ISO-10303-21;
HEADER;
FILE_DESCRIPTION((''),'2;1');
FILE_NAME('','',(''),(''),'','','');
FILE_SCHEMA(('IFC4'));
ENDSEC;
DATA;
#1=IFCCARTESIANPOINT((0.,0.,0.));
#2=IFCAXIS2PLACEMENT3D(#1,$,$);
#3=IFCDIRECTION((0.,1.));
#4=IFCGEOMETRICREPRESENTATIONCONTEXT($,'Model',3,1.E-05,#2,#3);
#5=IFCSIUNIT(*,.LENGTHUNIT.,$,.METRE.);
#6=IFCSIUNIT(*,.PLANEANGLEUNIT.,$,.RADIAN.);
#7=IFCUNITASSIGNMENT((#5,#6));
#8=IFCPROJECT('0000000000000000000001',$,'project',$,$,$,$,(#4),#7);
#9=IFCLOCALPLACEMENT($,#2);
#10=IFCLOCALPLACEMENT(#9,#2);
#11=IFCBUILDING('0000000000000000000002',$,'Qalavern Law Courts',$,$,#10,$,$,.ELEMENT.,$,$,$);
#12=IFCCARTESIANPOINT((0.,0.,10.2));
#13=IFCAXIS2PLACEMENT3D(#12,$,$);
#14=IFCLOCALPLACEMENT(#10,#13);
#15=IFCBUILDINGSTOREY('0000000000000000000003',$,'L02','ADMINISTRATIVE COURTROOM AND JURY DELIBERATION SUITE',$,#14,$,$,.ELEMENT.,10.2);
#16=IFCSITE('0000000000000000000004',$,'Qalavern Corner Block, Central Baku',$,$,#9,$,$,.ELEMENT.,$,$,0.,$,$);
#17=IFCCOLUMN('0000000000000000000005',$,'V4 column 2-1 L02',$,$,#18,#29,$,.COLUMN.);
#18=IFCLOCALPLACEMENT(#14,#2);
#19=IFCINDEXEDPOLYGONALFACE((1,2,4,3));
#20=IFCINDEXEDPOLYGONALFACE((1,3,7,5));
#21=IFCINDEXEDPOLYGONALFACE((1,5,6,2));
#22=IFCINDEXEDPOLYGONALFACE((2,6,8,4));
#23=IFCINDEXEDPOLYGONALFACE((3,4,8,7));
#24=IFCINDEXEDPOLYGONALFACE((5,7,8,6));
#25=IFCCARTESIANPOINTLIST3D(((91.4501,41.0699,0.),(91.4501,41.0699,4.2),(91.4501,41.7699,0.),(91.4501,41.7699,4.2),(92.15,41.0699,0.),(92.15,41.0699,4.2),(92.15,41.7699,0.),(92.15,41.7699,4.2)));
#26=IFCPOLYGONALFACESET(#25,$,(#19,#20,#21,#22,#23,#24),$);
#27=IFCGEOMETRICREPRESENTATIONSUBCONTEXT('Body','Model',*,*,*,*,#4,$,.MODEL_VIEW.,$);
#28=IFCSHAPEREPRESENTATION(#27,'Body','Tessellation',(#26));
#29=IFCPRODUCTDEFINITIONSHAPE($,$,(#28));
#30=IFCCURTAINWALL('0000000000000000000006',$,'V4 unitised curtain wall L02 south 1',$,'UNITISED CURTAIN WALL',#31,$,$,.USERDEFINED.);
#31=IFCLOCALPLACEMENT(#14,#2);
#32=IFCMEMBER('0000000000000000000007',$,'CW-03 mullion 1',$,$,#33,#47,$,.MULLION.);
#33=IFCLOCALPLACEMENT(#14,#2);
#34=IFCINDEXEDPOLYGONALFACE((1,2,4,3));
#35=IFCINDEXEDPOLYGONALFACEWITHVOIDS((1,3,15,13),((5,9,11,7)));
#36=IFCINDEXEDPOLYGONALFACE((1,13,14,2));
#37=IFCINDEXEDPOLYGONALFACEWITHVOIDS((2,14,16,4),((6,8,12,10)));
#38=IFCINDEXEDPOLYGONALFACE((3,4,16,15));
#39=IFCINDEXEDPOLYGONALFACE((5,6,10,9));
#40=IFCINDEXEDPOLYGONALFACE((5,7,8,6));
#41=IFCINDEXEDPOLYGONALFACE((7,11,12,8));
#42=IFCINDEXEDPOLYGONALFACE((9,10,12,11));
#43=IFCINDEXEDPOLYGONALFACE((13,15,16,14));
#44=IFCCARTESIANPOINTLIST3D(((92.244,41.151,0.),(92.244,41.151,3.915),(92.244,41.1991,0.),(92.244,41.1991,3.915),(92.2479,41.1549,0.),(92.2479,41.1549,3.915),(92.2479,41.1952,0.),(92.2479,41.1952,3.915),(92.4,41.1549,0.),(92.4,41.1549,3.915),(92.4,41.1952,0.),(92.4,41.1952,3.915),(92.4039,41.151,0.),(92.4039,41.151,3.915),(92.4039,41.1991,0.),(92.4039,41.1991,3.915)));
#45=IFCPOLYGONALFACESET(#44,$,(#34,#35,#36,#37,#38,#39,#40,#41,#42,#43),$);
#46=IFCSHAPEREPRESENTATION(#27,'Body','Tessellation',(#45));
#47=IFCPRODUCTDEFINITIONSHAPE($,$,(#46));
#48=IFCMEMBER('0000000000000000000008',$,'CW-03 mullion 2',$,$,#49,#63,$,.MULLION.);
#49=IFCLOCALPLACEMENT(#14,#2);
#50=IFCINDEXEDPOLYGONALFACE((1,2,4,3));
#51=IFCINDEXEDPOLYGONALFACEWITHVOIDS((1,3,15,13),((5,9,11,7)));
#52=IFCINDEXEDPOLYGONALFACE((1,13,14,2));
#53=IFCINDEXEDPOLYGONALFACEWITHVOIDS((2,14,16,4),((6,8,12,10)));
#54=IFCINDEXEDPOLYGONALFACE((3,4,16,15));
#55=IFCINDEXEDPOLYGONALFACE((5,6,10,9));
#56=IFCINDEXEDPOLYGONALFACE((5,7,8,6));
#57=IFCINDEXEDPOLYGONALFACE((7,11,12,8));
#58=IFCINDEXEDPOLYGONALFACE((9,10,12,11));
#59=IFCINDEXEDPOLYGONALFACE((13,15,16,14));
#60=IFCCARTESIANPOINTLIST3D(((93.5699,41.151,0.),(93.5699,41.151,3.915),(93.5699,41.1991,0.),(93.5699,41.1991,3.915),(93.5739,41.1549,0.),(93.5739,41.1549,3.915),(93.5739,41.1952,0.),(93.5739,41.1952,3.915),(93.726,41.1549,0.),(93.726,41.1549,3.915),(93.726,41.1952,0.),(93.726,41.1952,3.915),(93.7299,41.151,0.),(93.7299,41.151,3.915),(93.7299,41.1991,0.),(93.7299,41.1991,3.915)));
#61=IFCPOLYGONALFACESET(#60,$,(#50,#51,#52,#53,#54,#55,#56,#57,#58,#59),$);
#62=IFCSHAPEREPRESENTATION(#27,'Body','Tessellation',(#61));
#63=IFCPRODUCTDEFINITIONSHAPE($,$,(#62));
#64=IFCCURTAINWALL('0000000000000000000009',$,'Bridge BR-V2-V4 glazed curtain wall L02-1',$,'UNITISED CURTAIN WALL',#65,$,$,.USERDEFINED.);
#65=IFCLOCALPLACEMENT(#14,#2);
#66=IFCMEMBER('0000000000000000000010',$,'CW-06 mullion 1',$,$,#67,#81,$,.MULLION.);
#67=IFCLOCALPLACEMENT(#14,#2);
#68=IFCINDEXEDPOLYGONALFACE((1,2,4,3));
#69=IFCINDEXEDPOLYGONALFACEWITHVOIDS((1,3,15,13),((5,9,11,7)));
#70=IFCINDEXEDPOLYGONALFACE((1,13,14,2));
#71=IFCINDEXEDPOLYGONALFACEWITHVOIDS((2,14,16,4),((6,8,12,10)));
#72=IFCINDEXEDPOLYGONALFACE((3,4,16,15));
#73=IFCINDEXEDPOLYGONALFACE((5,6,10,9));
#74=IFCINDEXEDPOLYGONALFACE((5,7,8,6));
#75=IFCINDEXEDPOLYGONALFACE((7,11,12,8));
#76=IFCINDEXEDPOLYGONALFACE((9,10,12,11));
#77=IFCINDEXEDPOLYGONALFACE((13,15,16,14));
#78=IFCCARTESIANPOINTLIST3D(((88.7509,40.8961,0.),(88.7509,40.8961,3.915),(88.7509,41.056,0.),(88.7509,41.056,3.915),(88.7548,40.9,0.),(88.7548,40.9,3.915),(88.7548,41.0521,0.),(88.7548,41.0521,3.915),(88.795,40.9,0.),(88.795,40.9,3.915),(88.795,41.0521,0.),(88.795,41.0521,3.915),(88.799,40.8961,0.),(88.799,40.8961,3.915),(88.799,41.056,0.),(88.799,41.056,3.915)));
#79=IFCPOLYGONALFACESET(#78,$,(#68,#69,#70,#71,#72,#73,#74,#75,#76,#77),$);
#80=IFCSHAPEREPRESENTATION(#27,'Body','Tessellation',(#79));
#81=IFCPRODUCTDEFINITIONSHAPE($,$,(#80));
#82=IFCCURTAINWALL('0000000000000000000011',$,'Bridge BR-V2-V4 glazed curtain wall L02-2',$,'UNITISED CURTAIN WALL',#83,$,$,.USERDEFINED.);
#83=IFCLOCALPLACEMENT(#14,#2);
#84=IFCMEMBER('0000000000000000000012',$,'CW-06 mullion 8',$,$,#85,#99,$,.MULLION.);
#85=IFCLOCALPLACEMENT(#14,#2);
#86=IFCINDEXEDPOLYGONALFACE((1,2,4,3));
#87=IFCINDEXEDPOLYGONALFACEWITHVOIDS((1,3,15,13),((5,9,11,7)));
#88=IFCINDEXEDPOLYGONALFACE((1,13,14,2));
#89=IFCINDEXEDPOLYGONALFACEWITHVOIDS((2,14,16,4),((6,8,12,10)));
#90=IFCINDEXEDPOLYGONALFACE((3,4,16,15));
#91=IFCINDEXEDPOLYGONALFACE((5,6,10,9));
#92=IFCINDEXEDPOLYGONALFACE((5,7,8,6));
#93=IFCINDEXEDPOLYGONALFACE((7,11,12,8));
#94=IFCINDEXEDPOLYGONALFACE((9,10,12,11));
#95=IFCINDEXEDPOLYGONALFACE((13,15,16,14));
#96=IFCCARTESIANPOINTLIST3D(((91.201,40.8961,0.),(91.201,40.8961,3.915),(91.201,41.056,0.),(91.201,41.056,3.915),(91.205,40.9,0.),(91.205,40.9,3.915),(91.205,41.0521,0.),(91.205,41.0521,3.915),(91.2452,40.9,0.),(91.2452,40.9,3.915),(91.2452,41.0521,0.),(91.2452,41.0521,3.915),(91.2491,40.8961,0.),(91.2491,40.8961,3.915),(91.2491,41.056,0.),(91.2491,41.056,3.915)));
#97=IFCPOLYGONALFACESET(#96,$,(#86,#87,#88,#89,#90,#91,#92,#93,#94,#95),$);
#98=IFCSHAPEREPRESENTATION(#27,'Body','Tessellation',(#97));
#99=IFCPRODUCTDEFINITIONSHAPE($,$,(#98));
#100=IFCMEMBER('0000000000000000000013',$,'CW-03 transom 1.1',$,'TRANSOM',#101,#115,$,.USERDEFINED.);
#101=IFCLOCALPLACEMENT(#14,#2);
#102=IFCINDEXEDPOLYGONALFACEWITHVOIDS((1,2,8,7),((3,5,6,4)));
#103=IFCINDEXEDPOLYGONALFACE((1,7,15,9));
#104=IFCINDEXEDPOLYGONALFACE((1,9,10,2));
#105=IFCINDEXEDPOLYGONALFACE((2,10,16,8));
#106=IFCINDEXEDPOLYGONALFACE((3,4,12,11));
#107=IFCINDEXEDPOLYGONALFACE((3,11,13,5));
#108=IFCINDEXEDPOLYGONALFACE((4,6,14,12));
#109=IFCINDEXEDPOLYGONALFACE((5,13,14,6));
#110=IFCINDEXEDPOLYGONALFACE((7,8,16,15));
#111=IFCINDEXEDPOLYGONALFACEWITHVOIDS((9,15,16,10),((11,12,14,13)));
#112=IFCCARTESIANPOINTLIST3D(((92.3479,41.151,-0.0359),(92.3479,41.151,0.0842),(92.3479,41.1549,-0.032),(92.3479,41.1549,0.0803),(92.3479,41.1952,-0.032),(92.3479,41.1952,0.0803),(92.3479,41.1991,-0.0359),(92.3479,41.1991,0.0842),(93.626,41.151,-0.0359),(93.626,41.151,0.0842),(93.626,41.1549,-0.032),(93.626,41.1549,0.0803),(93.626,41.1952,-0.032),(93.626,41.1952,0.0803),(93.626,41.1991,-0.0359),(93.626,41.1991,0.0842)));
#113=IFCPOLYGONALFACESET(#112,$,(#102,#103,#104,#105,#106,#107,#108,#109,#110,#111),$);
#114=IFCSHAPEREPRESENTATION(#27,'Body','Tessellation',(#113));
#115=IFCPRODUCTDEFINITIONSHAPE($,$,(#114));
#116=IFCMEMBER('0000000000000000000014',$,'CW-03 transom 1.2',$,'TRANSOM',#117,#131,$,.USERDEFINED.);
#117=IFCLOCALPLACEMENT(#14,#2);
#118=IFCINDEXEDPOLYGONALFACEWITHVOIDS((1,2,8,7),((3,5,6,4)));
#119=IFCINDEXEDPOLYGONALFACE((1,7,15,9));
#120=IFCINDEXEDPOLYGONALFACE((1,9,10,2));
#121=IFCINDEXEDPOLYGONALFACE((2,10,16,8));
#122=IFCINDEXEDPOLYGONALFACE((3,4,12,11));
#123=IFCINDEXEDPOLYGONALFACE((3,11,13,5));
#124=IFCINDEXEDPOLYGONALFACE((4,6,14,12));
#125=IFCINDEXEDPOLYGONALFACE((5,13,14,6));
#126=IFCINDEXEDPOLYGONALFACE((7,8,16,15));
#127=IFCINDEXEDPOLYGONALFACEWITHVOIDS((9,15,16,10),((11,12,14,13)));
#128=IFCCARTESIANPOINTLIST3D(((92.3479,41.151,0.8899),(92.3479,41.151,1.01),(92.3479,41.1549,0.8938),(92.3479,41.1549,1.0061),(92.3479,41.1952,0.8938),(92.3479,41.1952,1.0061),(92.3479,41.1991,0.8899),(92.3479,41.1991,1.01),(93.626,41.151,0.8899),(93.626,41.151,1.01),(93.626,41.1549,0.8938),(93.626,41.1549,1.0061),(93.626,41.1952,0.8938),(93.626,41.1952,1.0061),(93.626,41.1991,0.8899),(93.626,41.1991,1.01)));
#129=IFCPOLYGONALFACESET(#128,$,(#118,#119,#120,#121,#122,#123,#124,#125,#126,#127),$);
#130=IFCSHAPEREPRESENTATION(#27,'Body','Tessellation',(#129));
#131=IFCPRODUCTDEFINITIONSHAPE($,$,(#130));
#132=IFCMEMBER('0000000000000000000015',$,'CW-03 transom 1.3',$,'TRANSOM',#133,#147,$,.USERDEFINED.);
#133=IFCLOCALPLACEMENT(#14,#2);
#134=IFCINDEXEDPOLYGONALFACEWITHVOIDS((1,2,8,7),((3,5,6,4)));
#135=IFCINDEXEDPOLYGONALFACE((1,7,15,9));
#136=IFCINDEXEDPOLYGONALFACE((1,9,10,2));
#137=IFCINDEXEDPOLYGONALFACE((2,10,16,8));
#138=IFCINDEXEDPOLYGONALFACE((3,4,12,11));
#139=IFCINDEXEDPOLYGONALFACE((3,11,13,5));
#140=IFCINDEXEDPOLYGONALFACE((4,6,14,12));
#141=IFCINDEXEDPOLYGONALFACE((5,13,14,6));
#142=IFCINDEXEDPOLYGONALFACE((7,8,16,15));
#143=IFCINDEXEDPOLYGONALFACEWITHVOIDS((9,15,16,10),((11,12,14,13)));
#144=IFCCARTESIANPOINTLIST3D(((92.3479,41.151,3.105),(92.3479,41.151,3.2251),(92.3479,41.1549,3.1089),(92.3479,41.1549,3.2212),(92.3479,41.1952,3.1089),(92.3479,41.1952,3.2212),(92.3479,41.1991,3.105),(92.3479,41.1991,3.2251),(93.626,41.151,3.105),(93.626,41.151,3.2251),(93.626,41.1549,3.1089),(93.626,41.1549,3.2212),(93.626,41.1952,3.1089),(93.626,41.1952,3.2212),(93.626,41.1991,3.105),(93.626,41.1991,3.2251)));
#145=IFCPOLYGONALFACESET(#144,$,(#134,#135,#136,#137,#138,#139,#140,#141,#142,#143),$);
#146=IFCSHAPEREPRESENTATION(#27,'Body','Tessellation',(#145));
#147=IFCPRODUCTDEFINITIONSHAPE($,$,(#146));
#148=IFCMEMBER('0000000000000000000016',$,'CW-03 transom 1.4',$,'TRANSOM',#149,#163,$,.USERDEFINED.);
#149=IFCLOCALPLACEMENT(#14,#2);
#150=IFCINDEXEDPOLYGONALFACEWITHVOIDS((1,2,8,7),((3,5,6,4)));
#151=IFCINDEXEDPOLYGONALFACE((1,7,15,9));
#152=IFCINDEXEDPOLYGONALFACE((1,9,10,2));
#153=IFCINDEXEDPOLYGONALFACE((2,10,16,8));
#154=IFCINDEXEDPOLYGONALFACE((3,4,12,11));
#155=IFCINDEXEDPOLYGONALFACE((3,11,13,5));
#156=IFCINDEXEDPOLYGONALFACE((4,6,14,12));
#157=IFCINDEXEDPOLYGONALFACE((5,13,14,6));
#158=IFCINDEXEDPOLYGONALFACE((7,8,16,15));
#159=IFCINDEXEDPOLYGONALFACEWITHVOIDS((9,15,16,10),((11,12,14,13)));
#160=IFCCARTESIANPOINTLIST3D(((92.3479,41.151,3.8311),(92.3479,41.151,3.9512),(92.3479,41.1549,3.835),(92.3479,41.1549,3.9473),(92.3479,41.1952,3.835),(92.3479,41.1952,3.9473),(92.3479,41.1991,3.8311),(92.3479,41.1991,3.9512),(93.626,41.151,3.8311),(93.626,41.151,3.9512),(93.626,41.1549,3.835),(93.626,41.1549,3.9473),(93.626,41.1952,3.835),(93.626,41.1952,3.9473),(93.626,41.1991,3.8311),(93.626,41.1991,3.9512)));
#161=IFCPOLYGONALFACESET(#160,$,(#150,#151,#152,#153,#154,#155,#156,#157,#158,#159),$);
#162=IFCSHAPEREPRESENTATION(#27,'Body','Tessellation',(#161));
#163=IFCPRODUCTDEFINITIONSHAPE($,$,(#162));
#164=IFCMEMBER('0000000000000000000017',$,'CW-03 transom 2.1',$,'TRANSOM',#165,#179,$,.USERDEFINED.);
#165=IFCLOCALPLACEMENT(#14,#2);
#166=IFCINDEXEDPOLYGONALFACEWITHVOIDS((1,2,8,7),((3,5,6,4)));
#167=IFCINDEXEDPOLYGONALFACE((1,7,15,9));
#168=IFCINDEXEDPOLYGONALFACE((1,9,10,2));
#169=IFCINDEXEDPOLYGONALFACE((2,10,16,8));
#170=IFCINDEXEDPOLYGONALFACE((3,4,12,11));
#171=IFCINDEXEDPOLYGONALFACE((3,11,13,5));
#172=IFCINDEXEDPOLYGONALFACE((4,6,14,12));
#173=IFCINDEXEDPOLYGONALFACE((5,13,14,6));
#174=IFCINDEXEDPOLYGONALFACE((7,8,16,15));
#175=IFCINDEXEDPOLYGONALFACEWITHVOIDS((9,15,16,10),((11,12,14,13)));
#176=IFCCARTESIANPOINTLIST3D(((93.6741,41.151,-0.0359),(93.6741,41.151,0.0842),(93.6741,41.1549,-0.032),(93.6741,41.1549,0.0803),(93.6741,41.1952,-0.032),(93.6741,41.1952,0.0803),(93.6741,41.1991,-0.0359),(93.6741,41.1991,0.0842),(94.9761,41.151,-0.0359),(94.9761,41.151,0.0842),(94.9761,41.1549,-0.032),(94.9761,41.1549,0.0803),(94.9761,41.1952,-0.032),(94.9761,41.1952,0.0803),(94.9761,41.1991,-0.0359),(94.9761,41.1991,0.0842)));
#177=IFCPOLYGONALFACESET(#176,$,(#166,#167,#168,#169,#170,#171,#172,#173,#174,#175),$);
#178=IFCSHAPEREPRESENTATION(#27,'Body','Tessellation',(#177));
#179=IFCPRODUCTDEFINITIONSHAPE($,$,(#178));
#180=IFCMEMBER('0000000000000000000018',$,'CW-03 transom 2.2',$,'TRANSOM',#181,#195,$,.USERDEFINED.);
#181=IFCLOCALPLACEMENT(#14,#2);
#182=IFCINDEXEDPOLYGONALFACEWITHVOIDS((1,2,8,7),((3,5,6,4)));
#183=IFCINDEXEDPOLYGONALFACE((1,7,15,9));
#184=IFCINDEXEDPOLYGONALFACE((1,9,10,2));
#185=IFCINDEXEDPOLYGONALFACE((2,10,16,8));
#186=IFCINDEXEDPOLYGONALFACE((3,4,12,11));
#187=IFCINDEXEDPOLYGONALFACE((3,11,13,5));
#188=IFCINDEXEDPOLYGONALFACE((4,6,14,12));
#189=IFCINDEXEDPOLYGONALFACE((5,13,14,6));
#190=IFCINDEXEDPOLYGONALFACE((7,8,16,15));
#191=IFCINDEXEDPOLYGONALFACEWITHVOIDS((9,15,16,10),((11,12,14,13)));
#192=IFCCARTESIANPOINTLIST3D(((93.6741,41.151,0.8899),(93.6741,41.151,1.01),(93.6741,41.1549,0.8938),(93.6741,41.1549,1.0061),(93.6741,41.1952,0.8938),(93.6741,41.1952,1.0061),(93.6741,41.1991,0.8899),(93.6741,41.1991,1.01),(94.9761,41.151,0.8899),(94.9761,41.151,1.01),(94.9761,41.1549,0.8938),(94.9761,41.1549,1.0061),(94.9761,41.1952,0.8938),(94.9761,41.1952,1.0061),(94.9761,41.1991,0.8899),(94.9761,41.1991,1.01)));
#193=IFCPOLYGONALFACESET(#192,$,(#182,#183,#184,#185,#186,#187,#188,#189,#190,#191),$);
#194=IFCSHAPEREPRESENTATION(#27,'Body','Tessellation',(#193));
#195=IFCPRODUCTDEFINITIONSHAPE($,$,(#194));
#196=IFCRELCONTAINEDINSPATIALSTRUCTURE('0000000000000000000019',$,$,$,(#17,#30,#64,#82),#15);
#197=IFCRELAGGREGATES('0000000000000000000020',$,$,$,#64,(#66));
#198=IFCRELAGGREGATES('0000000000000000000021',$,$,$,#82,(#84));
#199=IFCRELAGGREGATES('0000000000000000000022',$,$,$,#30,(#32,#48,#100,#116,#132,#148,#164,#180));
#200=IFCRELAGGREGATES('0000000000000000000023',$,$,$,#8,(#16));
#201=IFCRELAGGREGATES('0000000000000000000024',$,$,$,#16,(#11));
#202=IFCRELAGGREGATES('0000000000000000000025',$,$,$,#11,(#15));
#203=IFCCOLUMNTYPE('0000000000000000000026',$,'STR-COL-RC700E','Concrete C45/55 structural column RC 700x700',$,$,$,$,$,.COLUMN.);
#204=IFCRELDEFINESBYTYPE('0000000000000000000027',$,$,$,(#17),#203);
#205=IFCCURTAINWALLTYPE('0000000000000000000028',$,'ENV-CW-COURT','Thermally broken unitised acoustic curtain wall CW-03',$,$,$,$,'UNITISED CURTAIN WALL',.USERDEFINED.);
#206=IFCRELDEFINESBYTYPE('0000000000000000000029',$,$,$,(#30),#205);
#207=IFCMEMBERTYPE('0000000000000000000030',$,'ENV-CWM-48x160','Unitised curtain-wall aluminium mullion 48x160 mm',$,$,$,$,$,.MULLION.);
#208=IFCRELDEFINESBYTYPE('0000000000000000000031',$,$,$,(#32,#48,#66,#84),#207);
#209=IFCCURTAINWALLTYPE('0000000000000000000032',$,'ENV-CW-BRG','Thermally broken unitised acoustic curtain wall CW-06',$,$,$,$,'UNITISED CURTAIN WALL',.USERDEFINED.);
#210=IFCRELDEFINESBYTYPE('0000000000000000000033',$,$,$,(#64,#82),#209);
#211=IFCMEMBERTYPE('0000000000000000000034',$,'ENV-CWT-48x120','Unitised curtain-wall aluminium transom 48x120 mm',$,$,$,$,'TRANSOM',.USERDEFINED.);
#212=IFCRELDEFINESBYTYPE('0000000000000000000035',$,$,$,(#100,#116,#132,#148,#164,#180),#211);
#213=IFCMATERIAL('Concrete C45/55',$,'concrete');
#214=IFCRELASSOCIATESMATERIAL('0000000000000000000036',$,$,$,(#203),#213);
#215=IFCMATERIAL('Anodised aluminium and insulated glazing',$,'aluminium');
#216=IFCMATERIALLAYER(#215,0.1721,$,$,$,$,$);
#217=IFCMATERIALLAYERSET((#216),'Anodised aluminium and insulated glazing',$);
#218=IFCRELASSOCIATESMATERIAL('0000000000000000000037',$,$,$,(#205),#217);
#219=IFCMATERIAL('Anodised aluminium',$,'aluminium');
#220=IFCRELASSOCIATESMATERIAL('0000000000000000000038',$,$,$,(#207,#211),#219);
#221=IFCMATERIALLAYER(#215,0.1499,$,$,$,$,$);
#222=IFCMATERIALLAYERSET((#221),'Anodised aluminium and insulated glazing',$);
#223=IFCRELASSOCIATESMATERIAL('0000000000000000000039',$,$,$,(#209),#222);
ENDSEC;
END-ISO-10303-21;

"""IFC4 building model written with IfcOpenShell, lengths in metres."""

from ifc_helpers import new_model, si_unit, direction, frame, origin, origin_2d, place, context, subcontext, project, spatial, rectangle, hollow_rectangle, extrude, material, layer, layer_set, material_profile, profile_set, type_object, element, aggregate, save


model = new_model("IFC4")

# Units and contexts
model_context = context("Model", 3, precision=1e-05, world=origin(), true_north=direction((0.0, 1.0)))
body_context = subcontext(model_context, "Body", "Model", "MODEL_VIEW")
ifc_project = project(units=[si_unit("LENGTHUNIT", "METRE"), si_unit("PLANEANGLEUNIT", "RADIAN")], contexts=[model_context])

# Site, building, storey
site_placement = place(None, origin())
site = spatial("IfcSite", under=ifc_project, at=site_placement, Name="Qalavern Corner Block, Central Baku", CompositionType="ELEMENT", RefElevation=0.0)
building_placement = place(site_placement, origin())
building = spatial("IfcBuilding", under=site, at=building_placement, Name="Qalavern Law Courts", CompositionType="ELEMENT")
storey_placement = place(building_placement, frame((0.0, 0.0, 10.2)))
storey = spatial("IfcBuildingStorey", under=building, at=storey_placement, Name="L02", Description="ADMINISTRATIVE COURTROOM AND JURY DELIBERATION SUITE", CompositionType="ELEMENT", Elevation=10.2)

# Column
ifc_material_1 = material(Name="Concrete C45/55", Category="concrete")
ifc_material_profile_1 = material_profile(ifc_material_1, rectangle(XDim=0.7, YDim=0.7, at=origin_2d()), Name="RC 700x700")
ifc_profile_set_1 = profile_set([ifc_material_profile_1], Name="Concrete C45/55")
column_type = type_object("IfcColumnType", Name="STR-COL-RC700E", Description="Concrete C45/55 structural column RC 700x700", PredefinedType="COLUMN", material=ifc_profile_set_1)
column_placement = place(storey_placement, frame((91.8, 41.4199, 0.0), z_axis=(0.0, 0.0, 1.0), x_axis=(1.0, 0.0, 0.0)))
element("IfcColumn", 1, at=column_placement, inside=storey, type_object=column_type, Name="V4 column 2-1 L02", PredefinedType="COLUMN", context=body_context, shape_type="SweptSolid", body=[
    extrude(rectangle(XDim=0.7, YDim=0.7, at=origin_2d()), origin(), (0.0, 0.0, 1.0), 4.2),
])

# Curtain wall, members
ifc_material_2 = material(Name="Anodised aluminium and insulated glazing", Category="aluminium")
ifc_layer_1 = layer(ifc_material_2, 0.1721)
ifc_layer_set_1 = layer_set([ifc_layer_1], Name="Anodised aluminium and insulated glazing")
curtain_wall_type_1 = type_object("IfcCurtainWallType", Name="ENV-CW-COURT", Description="Thermally broken unitised acoustic curtain wall CW-03", ElementType="UNITISED CURTAIN WALL", PredefinedType="USERDEFINED", material=ifc_layer_set_1)
curtain_wall_1_placement = place(storey_placement, origin())
curtain_wall_1 = element("IfcCurtainWall", 2, at=curtain_wall_1_placement, inside=storey, type_object=curtain_wall_type_1, Name="V4 unitised curtain wall L02 south 1", ObjectType="UNITISED CURTAIN WALL", PredefinedType="USERDEFINED")
ifc_material_3 = material(Name="Anodised aluminium", Category="aluminium")
ifc_material_profile_2 = material_profile(ifc_material_3, hollow_rectangle(XDim=0.0481, YDim=0.1599, WallThickness=0.0039, at=origin_2d()), Name="ALU MULLION 48x160")
ifc_profile_set_2 = profile_set([ifc_material_profile_2], Name="Anodised aluminium")
member_type_1 = type_object("IfcMemberType", Name="ENV-CWM-48x160", Description="Unitised curtain-wall aluminium mullion 48x160 mm", PredefinedType="MULLION", material=ifc_profile_set_2)
member_1_placement = place(storey_placement, frame((92.324, 41.175, 0.0), z_axis=(0.0, 0.0, 1.0), x_axis=(0.0, 1.0, 0.0)))
member_1 = element("IfcMember", 3, at=member_1_placement, type_object=member_type_1, Name="CW-03 mullion 1", PredefinedType="MULLION", context=body_context, shape_type="SweptSolid", body=[
    extrude(hollow_rectangle(XDim=0.0481, YDim=0.1599, WallThickness=0.0039, at=origin_2d()), origin(), (0.0, 0.0, 1.0), 3.915),
])
member_2_placement = place(storey_placement, frame((93.6499, 41.175, 0.0), z_axis=(0.0, 0.0, 1.0), x_axis=(0.0, 1.0, 0.0)))
member_2 = element("IfcMember", 4, at=member_2_placement, type_object=member_type_1, Name="CW-03 mullion 2", PredefinedType="MULLION", context=body_context, shape_type="SweptSolid", body=[
    extrude(hollow_rectangle(XDim=0.0481, YDim=0.1599, WallThickness=0.0039, at=origin_2d()), origin(), (0.0, 0.0, 1.0), 3.915),
])

# Curtain walls, members
ifc_layer_2 = layer(ifc_material_2, 0.1499)
ifc_layer_set_2 = layer_set([ifc_layer_2], Name="Anodised aluminium and insulated glazing")
curtain_wall_type_2 = type_object("IfcCurtainWallType", Name="ENV-CW-BRG", Description="Thermally broken unitised acoustic curtain wall CW-06", ElementType="UNITISED CURTAIN WALL", PredefinedType="USERDEFINED", material=ifc_layer_set_2)
curtain_wall_2_placement = place(storey_placement, origin())
curtain_wall_2 = element("IfcCurtainWall", 5, at=curtain_wall_2_placement, inside=storey, type_object=curtain_wall_type_2, Name="Bridge BR-V2-V4 glazed curtain wall L02-1", ObjectType="UNITISED CURTAIN WALL", PredefinedType="USERDEFINED")
member_3_placement = place(storey_placement, frame((88.7749, 40.9761, 0.0), z_axis=(0.0, 0.0, 1.0), x_axis=(1.0, 0.0, 0.0)))
member_3 = element("IfcMember", 6, at=member_3_placement, type_object=member_type_1, Name="CW-06 mullion 1", PredefinedType="MULLION", context=body_context, shape_type="SweptSolid", body=[
    extrude(hollow_rectangle(XDim=0.0481, YDim=0.1599, WallThickness=0.0039, at=origin_2d()), origin(), (0.0, 0.0, 1.0), 3.915),
])
aggregate(curtain_wall_2, [member_3])
curtain_wall_3_placement = place(storey_placement, origin())
curtain_wall_3 = element("IfcCurtainWall", 7, at=curtain_wall_3_placement, inside=storey, type_object=curtain_wall_type_2, Name="Bridge BR-V2-V4 glazed curtain wall L02-2", ObjectType="UNITISED CURTAIN WALL", PredefinedType="USERDEFINED")
member_4_placement = place(storey_placement, frame((91.2251, 40.9761, 0.0), z_axis=(0.0, 0.0, 1.0), x_axis=(-1.0, 0.0, 0.0)))
member_4 = element("IfcMember", 8, at=member_4_placement, type_object=member_type_1, Name="CW-06 mullion 8", PredefinedType="MULLION", context=body_context, shape_type="SweptSolid", body=[
    extrude(hollow_rectangle(XDim=0.0481, YDim=0.1599, WallThickness=0.0039, at=origin_2d()), origin(), (0.0, 0.0, 1.0), 3.915),
])
aggregate(curtain_wall_3, [member_4])

# Members
ifc_material_profile_3 = material_profile(ifc_material_3, hollow_rectangle(XDim=0.0481, YDim=0.1201, WallThickness=0.0039, at=origin_2d()), Name="ALU TRANSOM 48x120")
ifc_profile_set_3 = profile_set([ifc_material_profile_3], Name="Anodised aluminium")
member_type_2 = type_object("IfcMemberType", Name="ENV-CWT-48x120", Description="Unitised curtain-wall aluminium transom 48x120 mm", ElementType="TRANSOM", PredefinedType="USERDEFINED", material=ifc_profile_set_3)
member_5_placement = place(storey_placement, frame((92.3479, 41.175, 0.0242), z_axis=(1.0, 0.0, 0.0), x_axis=(0.0, 1.0, 0.0)))
member_5 = element("IfcMember", 9, at=member_5_placement, type_object=member_type_2, Name="CW-03 transom 1.1", ObjectType="TRANSOM", PredefinedType="USERDEFINED", context=body_context, shape_type="SweptSolid", body=[
    extrude(hollow_rectangle(XDim=0.0481, YDim=0.1201, WallThickness=0.0039, at=origin_2d()), origin(), (0.0, 0.0, 1.0), 1.2781),
])
member_6_placement = place(storey_placement, frame((92.3479, 41.175, 0.95), z_axis=(1.0, 0.0, 0.0), x_axis=(0.0, 1.0, 0.0)))
member_6 = element("IfcMember", 10, at=member_6_placement, type_object=member_type_2, Name="CW-03 transom 1.2", ObjectType="TRANSOM", PredefinedType="USERDEFINED", context=body_context, shape_type="SweptSolid", body=[
    extrude(hollow_rectangle(XDim=0.0481, YDim=0.1201, WallThickness=0.0039, at=origin_2d()), origin(), (0.0, 0.0, 1.0), 1.2781),
])
member_7_placement = place(storey_placement, frame((92.3479, 41.175, 3.165), z_axis=(1.0, 0.0, 0.0), x_axis=(0.0, 1.0, 0.0)))
member_7 = element("IfcMember", 11, at=member_7_placement, type_object=member_type_2, Name="CW-03 transom 1.3", ObjectType="TRANSOM", PredefinedType="USERDEFINED", context=body_context, shape_type="SweptSolid", body=[
    extrude(hollow_rectangle(XDim=0.0481, YDim=0.1201, WallThickness=0.0039, at=origin_2d()), origin(), (0.0, 0.0, 1.0), 1.2781),
])
member_8_placement = place(storey_placement, frame((92.3479, 41.175, 3.8911), z_axis=(1.0, 0.0, 0.0), x_axis=(0.0, 1.0, 0.0)))
member_8 = element("IfcMember", 12, at=member_8_placement, type_object=member_type_2, Name="CW-03 transom 1.4", ObjectType="TRANSOM", PredefinedType="USERDEFINED", context=body_context, shape_type="SweptSolid", body=[
    extrude(hollow_rectangle(XDim=0.0481, YDim=0.1201, WallThickness=0.0039, at=origin_2d()), origin(), (0.0, 0.0, 1.0), 1.2781),
])
member_9_placement = place(storey_placement, frame((93.6741, 41.175, 0.0242), z_axis=(1.0, 0.0, 0.0), x_axis=(0.0, 1.0, 0.0)))
member_9 = element("IfcMember", 13, at=member_9_placement, type_object=member_type_2, Name="CW-03 transom 2.1", ObjectType="TRANSOM", PredefinedType="USERDEFINED", context=body_context, shape_type="SweptSolid", body=[
    extrude(hollow_rectangle(XDim=0.0481, YDim=0.1201, WallThickness=0.0039, at=origin_2d()), origin(), (0.0, 0.0, 1.0), 1.302),
])
member_10_placement = place(storey_placement, frame((93.6741, 41.175, 0.95), z_axis=(1.0, 0.0, 0.0), x_axis=(0.0, 1.0, 0.0)))
member_10 = element("IfcMember", 14, at=member_10_placement, type_object=member_type_2, Name="CW-03 transom 2.2", ObjectType="TRANSOM", PredefinedType="USERDEFINED", context=body_context, shape_type="SweptSolid", body=[
    extrude(hollow_rectangle(XDim=0.0481, YDim=0.1201, WallThickness=0.0039, at=origin_2d()), origin(), (0.0, 0.0, 1.0), 1.302),
])

aggregate(curtain_wall_1, [member_1, member_2, member_5, member_6, member_7, member_8, member_9, member_10])

save(model, "model.ifc")
